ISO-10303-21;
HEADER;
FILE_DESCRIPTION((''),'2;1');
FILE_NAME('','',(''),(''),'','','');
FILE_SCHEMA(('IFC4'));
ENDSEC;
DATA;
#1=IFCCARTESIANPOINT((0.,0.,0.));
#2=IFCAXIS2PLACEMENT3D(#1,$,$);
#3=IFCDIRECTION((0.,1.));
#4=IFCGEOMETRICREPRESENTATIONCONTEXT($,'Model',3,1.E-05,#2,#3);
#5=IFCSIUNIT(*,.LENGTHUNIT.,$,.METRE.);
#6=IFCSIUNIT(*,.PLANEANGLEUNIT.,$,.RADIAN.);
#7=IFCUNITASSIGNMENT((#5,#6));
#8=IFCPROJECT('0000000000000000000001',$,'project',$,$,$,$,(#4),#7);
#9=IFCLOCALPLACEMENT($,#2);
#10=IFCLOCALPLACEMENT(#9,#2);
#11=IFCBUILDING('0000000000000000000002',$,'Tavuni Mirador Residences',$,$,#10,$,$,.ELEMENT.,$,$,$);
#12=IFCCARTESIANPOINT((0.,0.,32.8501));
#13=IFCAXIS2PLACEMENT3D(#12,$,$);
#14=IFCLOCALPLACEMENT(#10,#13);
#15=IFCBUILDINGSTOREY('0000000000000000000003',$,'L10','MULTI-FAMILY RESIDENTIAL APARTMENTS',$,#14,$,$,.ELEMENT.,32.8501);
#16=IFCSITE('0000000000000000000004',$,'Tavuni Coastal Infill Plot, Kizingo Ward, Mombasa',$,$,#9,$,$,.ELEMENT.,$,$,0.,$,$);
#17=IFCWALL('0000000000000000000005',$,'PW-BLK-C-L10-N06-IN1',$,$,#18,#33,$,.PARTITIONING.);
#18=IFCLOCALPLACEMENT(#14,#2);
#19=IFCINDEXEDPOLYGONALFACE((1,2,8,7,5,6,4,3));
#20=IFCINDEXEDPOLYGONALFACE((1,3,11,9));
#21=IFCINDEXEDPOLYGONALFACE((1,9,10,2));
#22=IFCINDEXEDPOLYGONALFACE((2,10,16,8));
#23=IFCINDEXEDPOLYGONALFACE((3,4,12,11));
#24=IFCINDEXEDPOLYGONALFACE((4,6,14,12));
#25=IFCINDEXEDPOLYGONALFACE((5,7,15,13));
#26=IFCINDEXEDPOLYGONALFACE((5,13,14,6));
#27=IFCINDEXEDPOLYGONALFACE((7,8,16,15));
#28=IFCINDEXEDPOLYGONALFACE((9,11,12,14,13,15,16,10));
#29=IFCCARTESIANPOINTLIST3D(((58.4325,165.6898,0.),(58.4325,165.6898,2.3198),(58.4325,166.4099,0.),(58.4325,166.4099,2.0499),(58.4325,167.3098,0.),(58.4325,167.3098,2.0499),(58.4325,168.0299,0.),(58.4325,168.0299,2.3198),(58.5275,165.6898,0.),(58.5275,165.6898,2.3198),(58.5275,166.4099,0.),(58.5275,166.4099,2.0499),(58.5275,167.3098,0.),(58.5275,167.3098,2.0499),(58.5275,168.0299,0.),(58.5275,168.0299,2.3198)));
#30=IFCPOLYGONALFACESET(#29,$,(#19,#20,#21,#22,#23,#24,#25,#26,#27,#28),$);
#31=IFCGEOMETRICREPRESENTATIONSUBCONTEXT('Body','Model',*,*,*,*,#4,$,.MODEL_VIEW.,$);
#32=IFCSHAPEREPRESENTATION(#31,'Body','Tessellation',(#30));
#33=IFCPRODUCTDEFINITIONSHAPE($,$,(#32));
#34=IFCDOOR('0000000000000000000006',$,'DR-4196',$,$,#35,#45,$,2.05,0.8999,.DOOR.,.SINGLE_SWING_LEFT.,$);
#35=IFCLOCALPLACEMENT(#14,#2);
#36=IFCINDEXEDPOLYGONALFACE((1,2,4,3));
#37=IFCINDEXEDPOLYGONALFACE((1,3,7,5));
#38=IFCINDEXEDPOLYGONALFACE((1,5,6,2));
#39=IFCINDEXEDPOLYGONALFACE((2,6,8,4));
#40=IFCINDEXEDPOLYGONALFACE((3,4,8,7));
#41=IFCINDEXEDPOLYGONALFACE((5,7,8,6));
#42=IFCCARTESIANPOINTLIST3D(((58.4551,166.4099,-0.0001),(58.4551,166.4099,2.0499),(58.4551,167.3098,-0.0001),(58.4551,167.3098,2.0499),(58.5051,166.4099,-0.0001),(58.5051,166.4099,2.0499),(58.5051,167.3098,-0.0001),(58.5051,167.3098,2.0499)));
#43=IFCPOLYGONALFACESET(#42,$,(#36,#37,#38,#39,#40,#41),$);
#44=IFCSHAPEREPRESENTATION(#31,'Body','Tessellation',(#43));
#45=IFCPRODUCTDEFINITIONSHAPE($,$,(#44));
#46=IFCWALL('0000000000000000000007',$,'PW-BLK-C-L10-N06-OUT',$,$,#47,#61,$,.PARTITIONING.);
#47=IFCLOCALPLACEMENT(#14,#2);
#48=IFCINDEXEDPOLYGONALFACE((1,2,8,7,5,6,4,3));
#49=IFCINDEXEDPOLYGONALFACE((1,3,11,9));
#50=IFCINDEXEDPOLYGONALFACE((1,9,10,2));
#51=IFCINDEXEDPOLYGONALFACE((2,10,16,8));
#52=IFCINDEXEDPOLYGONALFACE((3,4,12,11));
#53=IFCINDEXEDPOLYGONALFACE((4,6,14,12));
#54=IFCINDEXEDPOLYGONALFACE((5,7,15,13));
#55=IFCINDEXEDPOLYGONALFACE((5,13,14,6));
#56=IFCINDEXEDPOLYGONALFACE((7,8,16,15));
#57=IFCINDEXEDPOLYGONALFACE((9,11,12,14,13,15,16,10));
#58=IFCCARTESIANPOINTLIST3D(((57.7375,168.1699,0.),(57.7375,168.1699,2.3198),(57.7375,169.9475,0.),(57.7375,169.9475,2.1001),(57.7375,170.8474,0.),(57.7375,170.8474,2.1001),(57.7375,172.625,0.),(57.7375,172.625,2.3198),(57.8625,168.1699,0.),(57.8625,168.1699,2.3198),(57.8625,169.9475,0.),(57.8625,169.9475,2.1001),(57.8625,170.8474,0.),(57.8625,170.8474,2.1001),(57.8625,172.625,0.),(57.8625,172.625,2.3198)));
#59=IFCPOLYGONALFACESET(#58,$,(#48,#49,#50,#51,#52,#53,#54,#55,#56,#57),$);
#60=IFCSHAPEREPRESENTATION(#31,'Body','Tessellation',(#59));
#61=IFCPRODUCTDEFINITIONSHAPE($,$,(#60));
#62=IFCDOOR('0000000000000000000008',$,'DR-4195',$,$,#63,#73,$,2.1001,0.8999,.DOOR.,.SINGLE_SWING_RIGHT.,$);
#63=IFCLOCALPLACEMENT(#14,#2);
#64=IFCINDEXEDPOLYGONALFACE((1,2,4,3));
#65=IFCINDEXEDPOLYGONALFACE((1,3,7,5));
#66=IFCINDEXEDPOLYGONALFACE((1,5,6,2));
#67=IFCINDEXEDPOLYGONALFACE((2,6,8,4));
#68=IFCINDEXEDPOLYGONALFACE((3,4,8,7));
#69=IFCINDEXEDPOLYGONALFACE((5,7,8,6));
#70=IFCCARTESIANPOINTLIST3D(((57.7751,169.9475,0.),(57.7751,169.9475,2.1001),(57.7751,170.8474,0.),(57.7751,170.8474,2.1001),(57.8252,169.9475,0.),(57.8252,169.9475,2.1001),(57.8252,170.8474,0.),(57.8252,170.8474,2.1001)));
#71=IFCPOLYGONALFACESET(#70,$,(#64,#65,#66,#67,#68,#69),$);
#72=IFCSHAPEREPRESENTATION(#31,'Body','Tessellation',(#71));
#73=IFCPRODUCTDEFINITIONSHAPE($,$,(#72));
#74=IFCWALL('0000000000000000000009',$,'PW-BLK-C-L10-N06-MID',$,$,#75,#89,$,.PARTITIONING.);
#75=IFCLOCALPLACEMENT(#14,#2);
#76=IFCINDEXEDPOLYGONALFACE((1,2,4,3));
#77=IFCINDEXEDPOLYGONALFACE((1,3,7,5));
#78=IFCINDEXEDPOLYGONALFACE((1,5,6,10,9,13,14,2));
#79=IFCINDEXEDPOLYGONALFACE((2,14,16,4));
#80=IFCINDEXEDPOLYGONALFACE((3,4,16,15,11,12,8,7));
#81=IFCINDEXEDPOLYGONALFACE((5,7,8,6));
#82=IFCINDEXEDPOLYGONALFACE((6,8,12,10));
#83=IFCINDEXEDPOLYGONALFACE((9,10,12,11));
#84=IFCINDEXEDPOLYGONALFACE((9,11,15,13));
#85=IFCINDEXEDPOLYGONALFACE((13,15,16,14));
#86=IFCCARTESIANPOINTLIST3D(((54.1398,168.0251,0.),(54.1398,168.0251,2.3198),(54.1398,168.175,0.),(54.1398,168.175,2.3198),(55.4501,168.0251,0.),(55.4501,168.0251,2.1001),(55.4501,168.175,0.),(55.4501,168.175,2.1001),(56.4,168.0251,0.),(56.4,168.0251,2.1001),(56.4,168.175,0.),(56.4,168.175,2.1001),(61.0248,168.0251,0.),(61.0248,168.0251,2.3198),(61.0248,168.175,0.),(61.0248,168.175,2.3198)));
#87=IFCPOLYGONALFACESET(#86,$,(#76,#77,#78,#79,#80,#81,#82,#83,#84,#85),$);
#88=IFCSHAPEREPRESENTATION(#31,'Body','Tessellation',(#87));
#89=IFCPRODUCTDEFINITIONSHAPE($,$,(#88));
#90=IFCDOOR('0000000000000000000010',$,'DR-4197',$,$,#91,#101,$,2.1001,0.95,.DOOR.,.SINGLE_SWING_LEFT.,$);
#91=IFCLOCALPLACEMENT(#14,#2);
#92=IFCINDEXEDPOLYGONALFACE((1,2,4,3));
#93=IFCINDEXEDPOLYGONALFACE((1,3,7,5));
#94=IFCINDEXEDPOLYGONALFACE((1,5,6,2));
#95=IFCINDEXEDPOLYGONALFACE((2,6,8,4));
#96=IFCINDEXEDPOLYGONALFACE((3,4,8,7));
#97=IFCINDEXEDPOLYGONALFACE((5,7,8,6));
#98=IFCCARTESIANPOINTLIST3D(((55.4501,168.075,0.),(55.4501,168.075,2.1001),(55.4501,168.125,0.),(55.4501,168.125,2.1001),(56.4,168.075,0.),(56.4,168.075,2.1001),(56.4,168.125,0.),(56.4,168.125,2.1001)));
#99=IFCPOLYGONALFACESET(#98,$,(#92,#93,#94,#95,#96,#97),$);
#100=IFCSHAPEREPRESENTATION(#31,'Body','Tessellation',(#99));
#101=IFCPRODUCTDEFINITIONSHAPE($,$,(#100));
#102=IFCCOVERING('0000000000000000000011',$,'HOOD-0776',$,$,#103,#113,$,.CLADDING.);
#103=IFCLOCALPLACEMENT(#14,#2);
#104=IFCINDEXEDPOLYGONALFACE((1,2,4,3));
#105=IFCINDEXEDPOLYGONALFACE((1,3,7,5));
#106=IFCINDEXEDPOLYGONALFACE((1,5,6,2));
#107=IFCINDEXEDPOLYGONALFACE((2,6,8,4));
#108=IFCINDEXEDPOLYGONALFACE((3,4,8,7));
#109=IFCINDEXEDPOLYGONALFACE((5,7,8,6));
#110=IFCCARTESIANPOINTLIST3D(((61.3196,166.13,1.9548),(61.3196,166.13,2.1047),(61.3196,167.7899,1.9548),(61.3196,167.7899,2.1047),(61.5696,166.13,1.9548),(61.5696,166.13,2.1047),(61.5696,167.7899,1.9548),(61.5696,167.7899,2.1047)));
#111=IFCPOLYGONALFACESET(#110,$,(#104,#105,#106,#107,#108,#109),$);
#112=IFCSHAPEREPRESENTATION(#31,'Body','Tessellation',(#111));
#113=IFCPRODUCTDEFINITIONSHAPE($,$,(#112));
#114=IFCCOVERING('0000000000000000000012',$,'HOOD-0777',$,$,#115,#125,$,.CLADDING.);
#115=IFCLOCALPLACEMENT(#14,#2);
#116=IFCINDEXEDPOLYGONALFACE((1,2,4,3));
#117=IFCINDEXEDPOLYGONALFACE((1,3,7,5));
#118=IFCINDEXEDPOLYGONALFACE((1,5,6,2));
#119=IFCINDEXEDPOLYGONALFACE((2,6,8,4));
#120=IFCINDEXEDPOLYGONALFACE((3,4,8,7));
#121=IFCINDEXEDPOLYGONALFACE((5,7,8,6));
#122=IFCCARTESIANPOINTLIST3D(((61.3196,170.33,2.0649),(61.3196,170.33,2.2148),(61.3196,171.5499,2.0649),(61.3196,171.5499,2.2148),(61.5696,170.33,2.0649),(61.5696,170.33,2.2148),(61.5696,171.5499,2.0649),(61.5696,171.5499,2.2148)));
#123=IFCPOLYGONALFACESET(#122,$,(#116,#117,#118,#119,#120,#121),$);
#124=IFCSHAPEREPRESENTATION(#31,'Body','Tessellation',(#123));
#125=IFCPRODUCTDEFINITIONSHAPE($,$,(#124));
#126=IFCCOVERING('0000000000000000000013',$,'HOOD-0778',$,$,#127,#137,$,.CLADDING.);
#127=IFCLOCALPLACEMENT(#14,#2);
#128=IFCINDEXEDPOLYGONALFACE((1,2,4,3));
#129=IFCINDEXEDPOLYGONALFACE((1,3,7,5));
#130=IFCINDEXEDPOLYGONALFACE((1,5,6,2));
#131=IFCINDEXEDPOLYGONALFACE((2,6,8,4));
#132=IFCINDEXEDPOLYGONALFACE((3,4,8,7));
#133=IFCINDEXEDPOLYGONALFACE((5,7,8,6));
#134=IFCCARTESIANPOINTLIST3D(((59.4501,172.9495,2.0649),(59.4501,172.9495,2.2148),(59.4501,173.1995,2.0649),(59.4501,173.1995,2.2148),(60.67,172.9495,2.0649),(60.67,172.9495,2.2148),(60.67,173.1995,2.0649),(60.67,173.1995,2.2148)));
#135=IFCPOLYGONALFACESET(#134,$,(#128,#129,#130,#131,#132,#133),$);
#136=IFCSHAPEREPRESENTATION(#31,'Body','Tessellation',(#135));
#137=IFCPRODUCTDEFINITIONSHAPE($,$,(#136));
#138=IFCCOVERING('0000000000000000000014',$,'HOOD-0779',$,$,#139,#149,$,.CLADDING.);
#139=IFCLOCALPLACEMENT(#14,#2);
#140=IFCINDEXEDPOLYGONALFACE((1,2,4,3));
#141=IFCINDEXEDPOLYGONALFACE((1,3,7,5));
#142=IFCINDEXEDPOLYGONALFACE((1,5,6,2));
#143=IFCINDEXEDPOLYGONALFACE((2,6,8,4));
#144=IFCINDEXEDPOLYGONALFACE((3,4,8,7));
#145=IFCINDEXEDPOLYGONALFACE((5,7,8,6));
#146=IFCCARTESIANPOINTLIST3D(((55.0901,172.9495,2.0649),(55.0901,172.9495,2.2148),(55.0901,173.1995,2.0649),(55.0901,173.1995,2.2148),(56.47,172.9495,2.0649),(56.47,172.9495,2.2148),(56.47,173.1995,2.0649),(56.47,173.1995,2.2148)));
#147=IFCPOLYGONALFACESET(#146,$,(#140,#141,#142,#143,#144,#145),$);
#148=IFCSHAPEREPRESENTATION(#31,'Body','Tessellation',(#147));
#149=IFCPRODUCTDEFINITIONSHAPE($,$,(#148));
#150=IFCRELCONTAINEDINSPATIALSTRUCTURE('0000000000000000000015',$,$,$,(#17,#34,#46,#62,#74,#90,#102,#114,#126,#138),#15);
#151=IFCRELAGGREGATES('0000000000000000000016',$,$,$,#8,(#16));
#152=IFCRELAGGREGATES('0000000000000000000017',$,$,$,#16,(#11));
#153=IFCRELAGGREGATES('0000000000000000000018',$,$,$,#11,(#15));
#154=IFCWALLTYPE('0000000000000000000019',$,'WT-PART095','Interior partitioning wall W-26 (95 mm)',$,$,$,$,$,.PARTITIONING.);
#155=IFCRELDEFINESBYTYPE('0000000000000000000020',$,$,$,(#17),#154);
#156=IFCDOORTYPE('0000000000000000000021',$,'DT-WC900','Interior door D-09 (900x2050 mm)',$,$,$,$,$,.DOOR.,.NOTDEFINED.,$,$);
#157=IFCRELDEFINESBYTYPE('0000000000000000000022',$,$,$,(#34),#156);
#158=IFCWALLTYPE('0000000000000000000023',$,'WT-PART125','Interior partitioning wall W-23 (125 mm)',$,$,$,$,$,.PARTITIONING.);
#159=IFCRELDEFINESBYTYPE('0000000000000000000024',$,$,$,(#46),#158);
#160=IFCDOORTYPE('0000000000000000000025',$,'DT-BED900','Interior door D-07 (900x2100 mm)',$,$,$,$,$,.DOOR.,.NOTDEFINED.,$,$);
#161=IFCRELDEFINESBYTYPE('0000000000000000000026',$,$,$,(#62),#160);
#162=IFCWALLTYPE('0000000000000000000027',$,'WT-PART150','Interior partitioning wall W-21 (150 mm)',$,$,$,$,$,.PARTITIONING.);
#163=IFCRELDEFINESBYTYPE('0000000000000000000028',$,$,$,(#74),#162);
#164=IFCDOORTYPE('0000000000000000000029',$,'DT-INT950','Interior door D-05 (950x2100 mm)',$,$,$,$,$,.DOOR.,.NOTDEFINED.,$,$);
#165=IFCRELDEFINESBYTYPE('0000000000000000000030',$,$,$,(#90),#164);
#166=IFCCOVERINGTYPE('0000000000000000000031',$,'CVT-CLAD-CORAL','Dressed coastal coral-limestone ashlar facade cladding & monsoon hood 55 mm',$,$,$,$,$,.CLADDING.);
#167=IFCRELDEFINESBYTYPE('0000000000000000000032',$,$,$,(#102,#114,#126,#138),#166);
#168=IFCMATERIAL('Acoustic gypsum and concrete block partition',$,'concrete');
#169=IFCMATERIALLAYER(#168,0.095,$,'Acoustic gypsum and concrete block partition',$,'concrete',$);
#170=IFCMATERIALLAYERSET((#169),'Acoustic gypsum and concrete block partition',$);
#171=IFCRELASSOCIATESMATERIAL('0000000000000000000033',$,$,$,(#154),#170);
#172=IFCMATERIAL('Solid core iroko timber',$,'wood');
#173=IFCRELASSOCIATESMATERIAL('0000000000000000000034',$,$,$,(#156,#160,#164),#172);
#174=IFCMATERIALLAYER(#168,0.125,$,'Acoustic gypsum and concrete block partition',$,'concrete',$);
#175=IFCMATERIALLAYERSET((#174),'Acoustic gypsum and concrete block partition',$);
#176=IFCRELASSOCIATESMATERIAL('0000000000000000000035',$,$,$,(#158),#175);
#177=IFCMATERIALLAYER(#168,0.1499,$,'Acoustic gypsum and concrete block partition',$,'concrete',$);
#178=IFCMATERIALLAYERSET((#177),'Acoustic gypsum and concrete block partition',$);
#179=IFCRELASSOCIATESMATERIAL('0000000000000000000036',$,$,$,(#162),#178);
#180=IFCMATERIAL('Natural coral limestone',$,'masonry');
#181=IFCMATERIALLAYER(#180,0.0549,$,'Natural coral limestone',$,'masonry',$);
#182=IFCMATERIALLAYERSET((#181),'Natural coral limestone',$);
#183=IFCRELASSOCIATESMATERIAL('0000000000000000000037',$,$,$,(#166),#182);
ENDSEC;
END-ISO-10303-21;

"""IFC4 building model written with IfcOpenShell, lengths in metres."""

from ifc_helpers import new_model, si_unit, direction, frame, frame_2d, origin, origin_2d, place, context, subcontext, project, spatial, rectangle, extrude, material, layer, layer_set, type_object, element, fill, save


model = new_model("IFC4")

# Units and contexts
model_context = context("Model", 3, precision=1e-05, world=origin(), true_north=direction((0.0, 1.0)))
body_context = subcontext(model_context, "Body", "Model", "MODEL_VIEW")
ifc_project = project(units=[si_unit("LENGTHUNIT", "METRE"), si_unit("PLANEANGLEUNIT", "RADIAN")], contexts=[model_context])

# Site, building, storey
site_placement = place(None, origin())
site = spatial("IfcSite", under=ifc_project, at=site_placement, Name="Tavuni Coastal Infill Plot, Kizingo Ward, Mombasa", CompositionType="ELEMENT", RefElevation=0.0)
building_placement = place(site_placement, origin())
building = spatial("IfcBuilding", under=site, at=building_placement, Name="Tavuni Mirador Residences", CompositionType="ELEMENT")
storey_placement = place(building_placement, frame((0.0, 0.0, 32.8501)))
storey = spatial("IfcBuildingStorey", under=building, at=storey_placement, Name="L10", Description="MULTI-FAMILY RESIDENTIAL APARTMENTS", CompositionType="ELEMENT", Elevation=32.8501)

# Walls, openings, doors
ifc_material_1 = material(Name="Acoustic gypsum and concrete block partition", Category="concrete")
ifc_layer_1 = layer(ifc_material_1, 0.095, Name="Acoustic gypsum and concrete block partition", Category="concrete")
ifc_layer_set_1 = layer_set([ifc_layer_1], Name="Acoustic gypsum and concrete block partition")
wall_type_1 = type_object("IfcWallType", Name="WT-PART095", Description="Interior partitioning wall W-26 (95 mm)", PredefinedType="PARTITIONING", material=ifc_layer_set_1)
wall_1_placement = place(storey_placement, frame((58.48, 165.6899, 0.0), z_axis=(0.0, 0.0, 1.0), x_axis=(0.0, 1.0, 0.0)))
wall_1 = element("IfcWall", 1, at=wall_1_placement, inside=storey, type_object=wall_type_1, Name="PW-BLK-C-L10-N06-IN1", PredefinedType="PARTITIONING", context=body_context, shape_type="SweptSolid", body=[
    extrude(rectangle(XDim=2.3401, YDim=0.095, at=frame_2d((1.1699, 0.0))), origin(), (0.0, 0.0, 1.0), 2.3198),
])
opening_1_placement = place(wall_1_placement, frame((0.72, 0.0, 0.0)))
opening_1 = element("IfcOpeningElement", 2, at=opening_1_placement, cuts=wall_1, PredefinedType="OPENING", context=body_context, shape_type="SweptSolid", body=[
    extrude(rectangle(XDim=0.8999, YDim=2.05, at=frame_2d((0.45, 1.0249))), frame((0.0, 0.0576, 0.0), z_axis=(0.0, -1.0, 0.0), x_axis=(1.0, 0.0, 0.0)), (0.0, 0.0, 1.0), 0.115),
])
ifc_material_2 = material(Name="Solid core iroko timber", Category="wood")
door_type_1 = type_object("IfcDoorType", Name="DT-WC900", Description="Interior door D-09 (900x2050 mm)", OperationType="NOTDEFINED", PredefinedType="DOOR", material=ifc_material_2)
door_1_placement = place(opening_1_placement, origin())
door_1 = element("IfcDoor", 3, at=door_1_placement, inside=storey, type_object=door_type_1, Name="DR-4196", OperationType="SINGLE_SWING_LEFT", OverallHeight=2.05, OverallWidth=0.8999, PredefinedType="DOOR", context=body_context, shape_type="SweptSolid", body=[
    extrude(rectangle(XDim=0.8999, YDim=2.05, at=frame_2d((0.45, 1.0249))), frame((0.0, 0.0249, 0.0), z_axis=(0.0, -1.0, 0.0), x_axis=(1.0, 0.0, 0.0)), (0.0, 0.0, 1.0), 0.05),
])
fill(opening_1, door_1)
ifc_layer_2 = layer(ifc_material_1, 0.125, Name="Acoustic gypsum and concrete block partition", Category="concrete")
ifc_layer_set_2 = layer_set([ifc_layer_2], Name="Acoustic gypsum and concrete block partition")
wall_type_2 = type_object("IfcWallType", Name="WT-PART125", Description="Interior partitioning wall W-23 (125 mm)", PredefinedType="PARTITIONING", material=ifc_layer_set_2)
wall_2_placement = place(storey_placement, frame((57.8, 168.1699, 0.0), z_axis=(0.0, 0.0, 1.0), x_axis=(0.0, 1.0, 0.0)))
wall_2 = element("IfcWall", 4, at=wall_2_placement, inside=storey, type_object=wall_type_2, Name="PW-BLK-C-L10-N06-OUT", PredefinedType="PARTITIONING", context=body_context, shape_type="SweptSolid", body=[
    extrude(rectangle(XDim=4.4551, YDim=0.125, at=frame_2d((2.2275, 0.0))), origin(), (0.0, 0.0, 1.0), 2.3198),
])
opening_2_placement = place(wall_2_placement, frame((1.7776, 0.0, 0.0)))
opening_2 = element("IfcOpeningElement", 5, at=opening_2_placement, cuts=wall_2, PredefinedType="OPENING", context=body_context, shape_type="SweptSolid", body=[
    extrude(rectangle(XDim=0.8999, YDim=2.1001, at=frame_2d((0.45, 1.05))), frame((0.0, 0.0725, 0.0), z_axis=(0.0, -1.0, 0.0), x_axis=(1.0, 0.0, 0.0)), (0.0, 0.0, 1.0), 0.145),
])
door_type_2 = type_object("IfcDoorType", Name="DT-BED900", Description="Interior door D-07 (900x2100 mm)", OperationType="NOTDEFINED", PredefinedType="DOOR", material=ifc_material_2)
door_2_placement = place(opening_2_placement, origin())
door_2 = element("IfcDoor", 6, at=door_2_placement, inside=storey, type_object=door_type_2, Name="DR-4195", OperationType="SINGLE_SWING_RIGHT", OverallHeight=2.1001, OverallWidth=0.8999, PredefinedType="DOOR", context=body_context, shape_type="SweptSolid", body=[
    extrude(rectangle(XDim=0.8999, YDim=2.1001, at=frame_2d((0.45, 1.05))), frame((0.0, 0.0249, 0.0), z_axis=(0.0, -1.0, 0.0), x_axis=(1.0, 0.0, 0.0)), (0.0, 0.0, 1.0), 0.05),
])
fill(opening_2, door_2)
ifc_layer_3 = layer(ifc_material_1, 0.1499, Name="Acoustic gypsum and concrete block partition", Category="concrete")
ifc_layer_set_3 = layer_set([ifc_layer_3], Name="Acoustic gypsum and concrete block partition")
wall_type_3 = type_object("IfcWallType", Name="WT-PART150", Description="Interior partitioning wall W-21 (150 mm)", PredefinedType="PARTITIONING", material=ifc_layer_set_3)
wall_3_placement = place(storey_placement, frame((54.1399, 168.1001, 0.0), z_axis=(0.0, 0.0, 1.0), x_axis=(1.0, 0.0, 0.0)))
wall_3 = element("IfcWall", 7, at=wall_3_placement, inside=storey, type_object=wall_type_3, Name="PW-BLK-C-L10-N06-MID", PredefinedType="PARTITIONING", context=body_context, shape_type="SweptSolid", body=[
    extrude(rectangle(XDim=6.885, YDim=0.1499, at=frame_2d((3.4424, 0.0))), origin(), (0.0, 0.0, 1.0), 2.3198),
])
opening_3_placement = place(wall_3_placement, frame((1.3101, 0.0, 0.0)))
opening_3 = element("IfcOpeningElement", 8, at=opening_3_placement, cuts=wall_3, PredefinedType="OPENING", context=body_context, shape_type="SweptSolid", body=[
    extrude(rectangle(XDim=0.95, YDim=2.1001, at=frame_2d((0.4751, 1.05))), frame((0.0, 0.085, 0.0), z_axis=(0.0, -1.0, 0.0), x_axis=(1.0, 0.0, 0.0)), (0.0, 0.0, 1.0), 0.1699),
])
door_type_3 = type_object("IfcDoorType", Name="DT-INT950", Description="Interior door D-05 (950x2100 mm)", OperationType="NOTDEFINED", PredefinedType="DOOR", material=ifc_material_2)
door_3_placement = place(opening_3_placement, origin())
door_3 = element("IfcDoor", 9, at=door_3_placement, inside=storey, type_object=door_type_3, Name="DR-4197", OperationType="SINGLE_SWING_LEFT", OverallHeight=2.1001, OverallWidth=0.95, PredefinedType="DOOR", context=body_context, shape_type="SweptSolid", body=[
    extrude(rectangle(XDim=0.95, YDim=2.1001, at=frame_2d((0.4751, 1.05))), frame((0.0, 0.0249, 0.0), z_axis=(0.0, -1.0, 0.0), x_axis=(1.0, 0.0, 0.0)), (0.0, 0.0, 1.0), 0.05),
])
fill(opening_3, door_3)

# Coverings
ifc_material_3 = material(Name="Natural coral limestone", Category="masonry")
ifc_layer_4 = layer(ifc_material_3, 0.0549, Name="Natural coral limestone", Category="masonry")
ifc_layer_set_4 = layer_set([ifc_layer_4], Name="Natural coral limestone")
covering_type = type_object("IfcCoveringType", Name="CVT-CLAD-CORAL", Description="Dressed coastal coral-limestone ashlar facade cladding & monsoon hood 55 mm", PredefinedType="CLADDING", material=ifc_layer_set_4)
covering_1_placement = place(storey_placement, frame((61.4446, 166.96, 1.9548), z_axis=(0.0, 0.0, 1.0), x_axis=(0.0, 1.0, 0.0)))
element("IfcCovering", 10, at=covering_1_placement, inside=storey, type_object=covering_type, Name="HOOD-0776", PredefinedType="CLADDING", context=body_context, shape_type="SweptSolid", body=[
    extrude(rectangle(XDim=1.6599, YDim=0.25, at=origin_2d()), origin(), (0.0, 0.0, 1.0), 0.1499),
])
for number, where, z_axis, x_axis, name in (
    (11, (61.4446, 170.9399, 2.0649), (0.0, 0.0, 1.0), (0.0, 1.0, 0.0), "HOOD-0777"),
    (12, (60.0601, 173.0745, 2.0649), (0.0, 0.0, 1.0), (-1.0, 0.0, 0.0), "HOOD-0778"),
):
    element("IfcCovering", number, at=place(storey_placement, frame(where, z_axis=z_axis, x_axis=x_axis)), inside=storey, type_object=covering_type, Name=name, PredefinedType="CLADDING", context=body_context, shape_type="SweptSolid", body=[
        extrude(rectangle(XDim=1.22, YDim=0.25, at=origin_2d()), origin(), (0.0, 0.0, 1.0), 0.1499),
    ])
covering_2_placement = place(storey_placement, frame((55.78, 173.0745, 2.0649), z_axis=(0.0, 0.0, 1.0), x_axis=(-1.0, 0.0, 0.0)))
element("IfcCovering", 13, at=covering_2_placement, inside=storey, type_object=covering_type, Name="HOOD-0779", PredefinedType="CLADDING", context=body_context, shape_type="SweptSolid", body=[
    extrude(rectangle(XDim=1.3799, YDim=0.25, at=origin_2d()), origin(), (0.0, 0.0, 1.0), 0.1499),
])

save(model, "model.ifc")
